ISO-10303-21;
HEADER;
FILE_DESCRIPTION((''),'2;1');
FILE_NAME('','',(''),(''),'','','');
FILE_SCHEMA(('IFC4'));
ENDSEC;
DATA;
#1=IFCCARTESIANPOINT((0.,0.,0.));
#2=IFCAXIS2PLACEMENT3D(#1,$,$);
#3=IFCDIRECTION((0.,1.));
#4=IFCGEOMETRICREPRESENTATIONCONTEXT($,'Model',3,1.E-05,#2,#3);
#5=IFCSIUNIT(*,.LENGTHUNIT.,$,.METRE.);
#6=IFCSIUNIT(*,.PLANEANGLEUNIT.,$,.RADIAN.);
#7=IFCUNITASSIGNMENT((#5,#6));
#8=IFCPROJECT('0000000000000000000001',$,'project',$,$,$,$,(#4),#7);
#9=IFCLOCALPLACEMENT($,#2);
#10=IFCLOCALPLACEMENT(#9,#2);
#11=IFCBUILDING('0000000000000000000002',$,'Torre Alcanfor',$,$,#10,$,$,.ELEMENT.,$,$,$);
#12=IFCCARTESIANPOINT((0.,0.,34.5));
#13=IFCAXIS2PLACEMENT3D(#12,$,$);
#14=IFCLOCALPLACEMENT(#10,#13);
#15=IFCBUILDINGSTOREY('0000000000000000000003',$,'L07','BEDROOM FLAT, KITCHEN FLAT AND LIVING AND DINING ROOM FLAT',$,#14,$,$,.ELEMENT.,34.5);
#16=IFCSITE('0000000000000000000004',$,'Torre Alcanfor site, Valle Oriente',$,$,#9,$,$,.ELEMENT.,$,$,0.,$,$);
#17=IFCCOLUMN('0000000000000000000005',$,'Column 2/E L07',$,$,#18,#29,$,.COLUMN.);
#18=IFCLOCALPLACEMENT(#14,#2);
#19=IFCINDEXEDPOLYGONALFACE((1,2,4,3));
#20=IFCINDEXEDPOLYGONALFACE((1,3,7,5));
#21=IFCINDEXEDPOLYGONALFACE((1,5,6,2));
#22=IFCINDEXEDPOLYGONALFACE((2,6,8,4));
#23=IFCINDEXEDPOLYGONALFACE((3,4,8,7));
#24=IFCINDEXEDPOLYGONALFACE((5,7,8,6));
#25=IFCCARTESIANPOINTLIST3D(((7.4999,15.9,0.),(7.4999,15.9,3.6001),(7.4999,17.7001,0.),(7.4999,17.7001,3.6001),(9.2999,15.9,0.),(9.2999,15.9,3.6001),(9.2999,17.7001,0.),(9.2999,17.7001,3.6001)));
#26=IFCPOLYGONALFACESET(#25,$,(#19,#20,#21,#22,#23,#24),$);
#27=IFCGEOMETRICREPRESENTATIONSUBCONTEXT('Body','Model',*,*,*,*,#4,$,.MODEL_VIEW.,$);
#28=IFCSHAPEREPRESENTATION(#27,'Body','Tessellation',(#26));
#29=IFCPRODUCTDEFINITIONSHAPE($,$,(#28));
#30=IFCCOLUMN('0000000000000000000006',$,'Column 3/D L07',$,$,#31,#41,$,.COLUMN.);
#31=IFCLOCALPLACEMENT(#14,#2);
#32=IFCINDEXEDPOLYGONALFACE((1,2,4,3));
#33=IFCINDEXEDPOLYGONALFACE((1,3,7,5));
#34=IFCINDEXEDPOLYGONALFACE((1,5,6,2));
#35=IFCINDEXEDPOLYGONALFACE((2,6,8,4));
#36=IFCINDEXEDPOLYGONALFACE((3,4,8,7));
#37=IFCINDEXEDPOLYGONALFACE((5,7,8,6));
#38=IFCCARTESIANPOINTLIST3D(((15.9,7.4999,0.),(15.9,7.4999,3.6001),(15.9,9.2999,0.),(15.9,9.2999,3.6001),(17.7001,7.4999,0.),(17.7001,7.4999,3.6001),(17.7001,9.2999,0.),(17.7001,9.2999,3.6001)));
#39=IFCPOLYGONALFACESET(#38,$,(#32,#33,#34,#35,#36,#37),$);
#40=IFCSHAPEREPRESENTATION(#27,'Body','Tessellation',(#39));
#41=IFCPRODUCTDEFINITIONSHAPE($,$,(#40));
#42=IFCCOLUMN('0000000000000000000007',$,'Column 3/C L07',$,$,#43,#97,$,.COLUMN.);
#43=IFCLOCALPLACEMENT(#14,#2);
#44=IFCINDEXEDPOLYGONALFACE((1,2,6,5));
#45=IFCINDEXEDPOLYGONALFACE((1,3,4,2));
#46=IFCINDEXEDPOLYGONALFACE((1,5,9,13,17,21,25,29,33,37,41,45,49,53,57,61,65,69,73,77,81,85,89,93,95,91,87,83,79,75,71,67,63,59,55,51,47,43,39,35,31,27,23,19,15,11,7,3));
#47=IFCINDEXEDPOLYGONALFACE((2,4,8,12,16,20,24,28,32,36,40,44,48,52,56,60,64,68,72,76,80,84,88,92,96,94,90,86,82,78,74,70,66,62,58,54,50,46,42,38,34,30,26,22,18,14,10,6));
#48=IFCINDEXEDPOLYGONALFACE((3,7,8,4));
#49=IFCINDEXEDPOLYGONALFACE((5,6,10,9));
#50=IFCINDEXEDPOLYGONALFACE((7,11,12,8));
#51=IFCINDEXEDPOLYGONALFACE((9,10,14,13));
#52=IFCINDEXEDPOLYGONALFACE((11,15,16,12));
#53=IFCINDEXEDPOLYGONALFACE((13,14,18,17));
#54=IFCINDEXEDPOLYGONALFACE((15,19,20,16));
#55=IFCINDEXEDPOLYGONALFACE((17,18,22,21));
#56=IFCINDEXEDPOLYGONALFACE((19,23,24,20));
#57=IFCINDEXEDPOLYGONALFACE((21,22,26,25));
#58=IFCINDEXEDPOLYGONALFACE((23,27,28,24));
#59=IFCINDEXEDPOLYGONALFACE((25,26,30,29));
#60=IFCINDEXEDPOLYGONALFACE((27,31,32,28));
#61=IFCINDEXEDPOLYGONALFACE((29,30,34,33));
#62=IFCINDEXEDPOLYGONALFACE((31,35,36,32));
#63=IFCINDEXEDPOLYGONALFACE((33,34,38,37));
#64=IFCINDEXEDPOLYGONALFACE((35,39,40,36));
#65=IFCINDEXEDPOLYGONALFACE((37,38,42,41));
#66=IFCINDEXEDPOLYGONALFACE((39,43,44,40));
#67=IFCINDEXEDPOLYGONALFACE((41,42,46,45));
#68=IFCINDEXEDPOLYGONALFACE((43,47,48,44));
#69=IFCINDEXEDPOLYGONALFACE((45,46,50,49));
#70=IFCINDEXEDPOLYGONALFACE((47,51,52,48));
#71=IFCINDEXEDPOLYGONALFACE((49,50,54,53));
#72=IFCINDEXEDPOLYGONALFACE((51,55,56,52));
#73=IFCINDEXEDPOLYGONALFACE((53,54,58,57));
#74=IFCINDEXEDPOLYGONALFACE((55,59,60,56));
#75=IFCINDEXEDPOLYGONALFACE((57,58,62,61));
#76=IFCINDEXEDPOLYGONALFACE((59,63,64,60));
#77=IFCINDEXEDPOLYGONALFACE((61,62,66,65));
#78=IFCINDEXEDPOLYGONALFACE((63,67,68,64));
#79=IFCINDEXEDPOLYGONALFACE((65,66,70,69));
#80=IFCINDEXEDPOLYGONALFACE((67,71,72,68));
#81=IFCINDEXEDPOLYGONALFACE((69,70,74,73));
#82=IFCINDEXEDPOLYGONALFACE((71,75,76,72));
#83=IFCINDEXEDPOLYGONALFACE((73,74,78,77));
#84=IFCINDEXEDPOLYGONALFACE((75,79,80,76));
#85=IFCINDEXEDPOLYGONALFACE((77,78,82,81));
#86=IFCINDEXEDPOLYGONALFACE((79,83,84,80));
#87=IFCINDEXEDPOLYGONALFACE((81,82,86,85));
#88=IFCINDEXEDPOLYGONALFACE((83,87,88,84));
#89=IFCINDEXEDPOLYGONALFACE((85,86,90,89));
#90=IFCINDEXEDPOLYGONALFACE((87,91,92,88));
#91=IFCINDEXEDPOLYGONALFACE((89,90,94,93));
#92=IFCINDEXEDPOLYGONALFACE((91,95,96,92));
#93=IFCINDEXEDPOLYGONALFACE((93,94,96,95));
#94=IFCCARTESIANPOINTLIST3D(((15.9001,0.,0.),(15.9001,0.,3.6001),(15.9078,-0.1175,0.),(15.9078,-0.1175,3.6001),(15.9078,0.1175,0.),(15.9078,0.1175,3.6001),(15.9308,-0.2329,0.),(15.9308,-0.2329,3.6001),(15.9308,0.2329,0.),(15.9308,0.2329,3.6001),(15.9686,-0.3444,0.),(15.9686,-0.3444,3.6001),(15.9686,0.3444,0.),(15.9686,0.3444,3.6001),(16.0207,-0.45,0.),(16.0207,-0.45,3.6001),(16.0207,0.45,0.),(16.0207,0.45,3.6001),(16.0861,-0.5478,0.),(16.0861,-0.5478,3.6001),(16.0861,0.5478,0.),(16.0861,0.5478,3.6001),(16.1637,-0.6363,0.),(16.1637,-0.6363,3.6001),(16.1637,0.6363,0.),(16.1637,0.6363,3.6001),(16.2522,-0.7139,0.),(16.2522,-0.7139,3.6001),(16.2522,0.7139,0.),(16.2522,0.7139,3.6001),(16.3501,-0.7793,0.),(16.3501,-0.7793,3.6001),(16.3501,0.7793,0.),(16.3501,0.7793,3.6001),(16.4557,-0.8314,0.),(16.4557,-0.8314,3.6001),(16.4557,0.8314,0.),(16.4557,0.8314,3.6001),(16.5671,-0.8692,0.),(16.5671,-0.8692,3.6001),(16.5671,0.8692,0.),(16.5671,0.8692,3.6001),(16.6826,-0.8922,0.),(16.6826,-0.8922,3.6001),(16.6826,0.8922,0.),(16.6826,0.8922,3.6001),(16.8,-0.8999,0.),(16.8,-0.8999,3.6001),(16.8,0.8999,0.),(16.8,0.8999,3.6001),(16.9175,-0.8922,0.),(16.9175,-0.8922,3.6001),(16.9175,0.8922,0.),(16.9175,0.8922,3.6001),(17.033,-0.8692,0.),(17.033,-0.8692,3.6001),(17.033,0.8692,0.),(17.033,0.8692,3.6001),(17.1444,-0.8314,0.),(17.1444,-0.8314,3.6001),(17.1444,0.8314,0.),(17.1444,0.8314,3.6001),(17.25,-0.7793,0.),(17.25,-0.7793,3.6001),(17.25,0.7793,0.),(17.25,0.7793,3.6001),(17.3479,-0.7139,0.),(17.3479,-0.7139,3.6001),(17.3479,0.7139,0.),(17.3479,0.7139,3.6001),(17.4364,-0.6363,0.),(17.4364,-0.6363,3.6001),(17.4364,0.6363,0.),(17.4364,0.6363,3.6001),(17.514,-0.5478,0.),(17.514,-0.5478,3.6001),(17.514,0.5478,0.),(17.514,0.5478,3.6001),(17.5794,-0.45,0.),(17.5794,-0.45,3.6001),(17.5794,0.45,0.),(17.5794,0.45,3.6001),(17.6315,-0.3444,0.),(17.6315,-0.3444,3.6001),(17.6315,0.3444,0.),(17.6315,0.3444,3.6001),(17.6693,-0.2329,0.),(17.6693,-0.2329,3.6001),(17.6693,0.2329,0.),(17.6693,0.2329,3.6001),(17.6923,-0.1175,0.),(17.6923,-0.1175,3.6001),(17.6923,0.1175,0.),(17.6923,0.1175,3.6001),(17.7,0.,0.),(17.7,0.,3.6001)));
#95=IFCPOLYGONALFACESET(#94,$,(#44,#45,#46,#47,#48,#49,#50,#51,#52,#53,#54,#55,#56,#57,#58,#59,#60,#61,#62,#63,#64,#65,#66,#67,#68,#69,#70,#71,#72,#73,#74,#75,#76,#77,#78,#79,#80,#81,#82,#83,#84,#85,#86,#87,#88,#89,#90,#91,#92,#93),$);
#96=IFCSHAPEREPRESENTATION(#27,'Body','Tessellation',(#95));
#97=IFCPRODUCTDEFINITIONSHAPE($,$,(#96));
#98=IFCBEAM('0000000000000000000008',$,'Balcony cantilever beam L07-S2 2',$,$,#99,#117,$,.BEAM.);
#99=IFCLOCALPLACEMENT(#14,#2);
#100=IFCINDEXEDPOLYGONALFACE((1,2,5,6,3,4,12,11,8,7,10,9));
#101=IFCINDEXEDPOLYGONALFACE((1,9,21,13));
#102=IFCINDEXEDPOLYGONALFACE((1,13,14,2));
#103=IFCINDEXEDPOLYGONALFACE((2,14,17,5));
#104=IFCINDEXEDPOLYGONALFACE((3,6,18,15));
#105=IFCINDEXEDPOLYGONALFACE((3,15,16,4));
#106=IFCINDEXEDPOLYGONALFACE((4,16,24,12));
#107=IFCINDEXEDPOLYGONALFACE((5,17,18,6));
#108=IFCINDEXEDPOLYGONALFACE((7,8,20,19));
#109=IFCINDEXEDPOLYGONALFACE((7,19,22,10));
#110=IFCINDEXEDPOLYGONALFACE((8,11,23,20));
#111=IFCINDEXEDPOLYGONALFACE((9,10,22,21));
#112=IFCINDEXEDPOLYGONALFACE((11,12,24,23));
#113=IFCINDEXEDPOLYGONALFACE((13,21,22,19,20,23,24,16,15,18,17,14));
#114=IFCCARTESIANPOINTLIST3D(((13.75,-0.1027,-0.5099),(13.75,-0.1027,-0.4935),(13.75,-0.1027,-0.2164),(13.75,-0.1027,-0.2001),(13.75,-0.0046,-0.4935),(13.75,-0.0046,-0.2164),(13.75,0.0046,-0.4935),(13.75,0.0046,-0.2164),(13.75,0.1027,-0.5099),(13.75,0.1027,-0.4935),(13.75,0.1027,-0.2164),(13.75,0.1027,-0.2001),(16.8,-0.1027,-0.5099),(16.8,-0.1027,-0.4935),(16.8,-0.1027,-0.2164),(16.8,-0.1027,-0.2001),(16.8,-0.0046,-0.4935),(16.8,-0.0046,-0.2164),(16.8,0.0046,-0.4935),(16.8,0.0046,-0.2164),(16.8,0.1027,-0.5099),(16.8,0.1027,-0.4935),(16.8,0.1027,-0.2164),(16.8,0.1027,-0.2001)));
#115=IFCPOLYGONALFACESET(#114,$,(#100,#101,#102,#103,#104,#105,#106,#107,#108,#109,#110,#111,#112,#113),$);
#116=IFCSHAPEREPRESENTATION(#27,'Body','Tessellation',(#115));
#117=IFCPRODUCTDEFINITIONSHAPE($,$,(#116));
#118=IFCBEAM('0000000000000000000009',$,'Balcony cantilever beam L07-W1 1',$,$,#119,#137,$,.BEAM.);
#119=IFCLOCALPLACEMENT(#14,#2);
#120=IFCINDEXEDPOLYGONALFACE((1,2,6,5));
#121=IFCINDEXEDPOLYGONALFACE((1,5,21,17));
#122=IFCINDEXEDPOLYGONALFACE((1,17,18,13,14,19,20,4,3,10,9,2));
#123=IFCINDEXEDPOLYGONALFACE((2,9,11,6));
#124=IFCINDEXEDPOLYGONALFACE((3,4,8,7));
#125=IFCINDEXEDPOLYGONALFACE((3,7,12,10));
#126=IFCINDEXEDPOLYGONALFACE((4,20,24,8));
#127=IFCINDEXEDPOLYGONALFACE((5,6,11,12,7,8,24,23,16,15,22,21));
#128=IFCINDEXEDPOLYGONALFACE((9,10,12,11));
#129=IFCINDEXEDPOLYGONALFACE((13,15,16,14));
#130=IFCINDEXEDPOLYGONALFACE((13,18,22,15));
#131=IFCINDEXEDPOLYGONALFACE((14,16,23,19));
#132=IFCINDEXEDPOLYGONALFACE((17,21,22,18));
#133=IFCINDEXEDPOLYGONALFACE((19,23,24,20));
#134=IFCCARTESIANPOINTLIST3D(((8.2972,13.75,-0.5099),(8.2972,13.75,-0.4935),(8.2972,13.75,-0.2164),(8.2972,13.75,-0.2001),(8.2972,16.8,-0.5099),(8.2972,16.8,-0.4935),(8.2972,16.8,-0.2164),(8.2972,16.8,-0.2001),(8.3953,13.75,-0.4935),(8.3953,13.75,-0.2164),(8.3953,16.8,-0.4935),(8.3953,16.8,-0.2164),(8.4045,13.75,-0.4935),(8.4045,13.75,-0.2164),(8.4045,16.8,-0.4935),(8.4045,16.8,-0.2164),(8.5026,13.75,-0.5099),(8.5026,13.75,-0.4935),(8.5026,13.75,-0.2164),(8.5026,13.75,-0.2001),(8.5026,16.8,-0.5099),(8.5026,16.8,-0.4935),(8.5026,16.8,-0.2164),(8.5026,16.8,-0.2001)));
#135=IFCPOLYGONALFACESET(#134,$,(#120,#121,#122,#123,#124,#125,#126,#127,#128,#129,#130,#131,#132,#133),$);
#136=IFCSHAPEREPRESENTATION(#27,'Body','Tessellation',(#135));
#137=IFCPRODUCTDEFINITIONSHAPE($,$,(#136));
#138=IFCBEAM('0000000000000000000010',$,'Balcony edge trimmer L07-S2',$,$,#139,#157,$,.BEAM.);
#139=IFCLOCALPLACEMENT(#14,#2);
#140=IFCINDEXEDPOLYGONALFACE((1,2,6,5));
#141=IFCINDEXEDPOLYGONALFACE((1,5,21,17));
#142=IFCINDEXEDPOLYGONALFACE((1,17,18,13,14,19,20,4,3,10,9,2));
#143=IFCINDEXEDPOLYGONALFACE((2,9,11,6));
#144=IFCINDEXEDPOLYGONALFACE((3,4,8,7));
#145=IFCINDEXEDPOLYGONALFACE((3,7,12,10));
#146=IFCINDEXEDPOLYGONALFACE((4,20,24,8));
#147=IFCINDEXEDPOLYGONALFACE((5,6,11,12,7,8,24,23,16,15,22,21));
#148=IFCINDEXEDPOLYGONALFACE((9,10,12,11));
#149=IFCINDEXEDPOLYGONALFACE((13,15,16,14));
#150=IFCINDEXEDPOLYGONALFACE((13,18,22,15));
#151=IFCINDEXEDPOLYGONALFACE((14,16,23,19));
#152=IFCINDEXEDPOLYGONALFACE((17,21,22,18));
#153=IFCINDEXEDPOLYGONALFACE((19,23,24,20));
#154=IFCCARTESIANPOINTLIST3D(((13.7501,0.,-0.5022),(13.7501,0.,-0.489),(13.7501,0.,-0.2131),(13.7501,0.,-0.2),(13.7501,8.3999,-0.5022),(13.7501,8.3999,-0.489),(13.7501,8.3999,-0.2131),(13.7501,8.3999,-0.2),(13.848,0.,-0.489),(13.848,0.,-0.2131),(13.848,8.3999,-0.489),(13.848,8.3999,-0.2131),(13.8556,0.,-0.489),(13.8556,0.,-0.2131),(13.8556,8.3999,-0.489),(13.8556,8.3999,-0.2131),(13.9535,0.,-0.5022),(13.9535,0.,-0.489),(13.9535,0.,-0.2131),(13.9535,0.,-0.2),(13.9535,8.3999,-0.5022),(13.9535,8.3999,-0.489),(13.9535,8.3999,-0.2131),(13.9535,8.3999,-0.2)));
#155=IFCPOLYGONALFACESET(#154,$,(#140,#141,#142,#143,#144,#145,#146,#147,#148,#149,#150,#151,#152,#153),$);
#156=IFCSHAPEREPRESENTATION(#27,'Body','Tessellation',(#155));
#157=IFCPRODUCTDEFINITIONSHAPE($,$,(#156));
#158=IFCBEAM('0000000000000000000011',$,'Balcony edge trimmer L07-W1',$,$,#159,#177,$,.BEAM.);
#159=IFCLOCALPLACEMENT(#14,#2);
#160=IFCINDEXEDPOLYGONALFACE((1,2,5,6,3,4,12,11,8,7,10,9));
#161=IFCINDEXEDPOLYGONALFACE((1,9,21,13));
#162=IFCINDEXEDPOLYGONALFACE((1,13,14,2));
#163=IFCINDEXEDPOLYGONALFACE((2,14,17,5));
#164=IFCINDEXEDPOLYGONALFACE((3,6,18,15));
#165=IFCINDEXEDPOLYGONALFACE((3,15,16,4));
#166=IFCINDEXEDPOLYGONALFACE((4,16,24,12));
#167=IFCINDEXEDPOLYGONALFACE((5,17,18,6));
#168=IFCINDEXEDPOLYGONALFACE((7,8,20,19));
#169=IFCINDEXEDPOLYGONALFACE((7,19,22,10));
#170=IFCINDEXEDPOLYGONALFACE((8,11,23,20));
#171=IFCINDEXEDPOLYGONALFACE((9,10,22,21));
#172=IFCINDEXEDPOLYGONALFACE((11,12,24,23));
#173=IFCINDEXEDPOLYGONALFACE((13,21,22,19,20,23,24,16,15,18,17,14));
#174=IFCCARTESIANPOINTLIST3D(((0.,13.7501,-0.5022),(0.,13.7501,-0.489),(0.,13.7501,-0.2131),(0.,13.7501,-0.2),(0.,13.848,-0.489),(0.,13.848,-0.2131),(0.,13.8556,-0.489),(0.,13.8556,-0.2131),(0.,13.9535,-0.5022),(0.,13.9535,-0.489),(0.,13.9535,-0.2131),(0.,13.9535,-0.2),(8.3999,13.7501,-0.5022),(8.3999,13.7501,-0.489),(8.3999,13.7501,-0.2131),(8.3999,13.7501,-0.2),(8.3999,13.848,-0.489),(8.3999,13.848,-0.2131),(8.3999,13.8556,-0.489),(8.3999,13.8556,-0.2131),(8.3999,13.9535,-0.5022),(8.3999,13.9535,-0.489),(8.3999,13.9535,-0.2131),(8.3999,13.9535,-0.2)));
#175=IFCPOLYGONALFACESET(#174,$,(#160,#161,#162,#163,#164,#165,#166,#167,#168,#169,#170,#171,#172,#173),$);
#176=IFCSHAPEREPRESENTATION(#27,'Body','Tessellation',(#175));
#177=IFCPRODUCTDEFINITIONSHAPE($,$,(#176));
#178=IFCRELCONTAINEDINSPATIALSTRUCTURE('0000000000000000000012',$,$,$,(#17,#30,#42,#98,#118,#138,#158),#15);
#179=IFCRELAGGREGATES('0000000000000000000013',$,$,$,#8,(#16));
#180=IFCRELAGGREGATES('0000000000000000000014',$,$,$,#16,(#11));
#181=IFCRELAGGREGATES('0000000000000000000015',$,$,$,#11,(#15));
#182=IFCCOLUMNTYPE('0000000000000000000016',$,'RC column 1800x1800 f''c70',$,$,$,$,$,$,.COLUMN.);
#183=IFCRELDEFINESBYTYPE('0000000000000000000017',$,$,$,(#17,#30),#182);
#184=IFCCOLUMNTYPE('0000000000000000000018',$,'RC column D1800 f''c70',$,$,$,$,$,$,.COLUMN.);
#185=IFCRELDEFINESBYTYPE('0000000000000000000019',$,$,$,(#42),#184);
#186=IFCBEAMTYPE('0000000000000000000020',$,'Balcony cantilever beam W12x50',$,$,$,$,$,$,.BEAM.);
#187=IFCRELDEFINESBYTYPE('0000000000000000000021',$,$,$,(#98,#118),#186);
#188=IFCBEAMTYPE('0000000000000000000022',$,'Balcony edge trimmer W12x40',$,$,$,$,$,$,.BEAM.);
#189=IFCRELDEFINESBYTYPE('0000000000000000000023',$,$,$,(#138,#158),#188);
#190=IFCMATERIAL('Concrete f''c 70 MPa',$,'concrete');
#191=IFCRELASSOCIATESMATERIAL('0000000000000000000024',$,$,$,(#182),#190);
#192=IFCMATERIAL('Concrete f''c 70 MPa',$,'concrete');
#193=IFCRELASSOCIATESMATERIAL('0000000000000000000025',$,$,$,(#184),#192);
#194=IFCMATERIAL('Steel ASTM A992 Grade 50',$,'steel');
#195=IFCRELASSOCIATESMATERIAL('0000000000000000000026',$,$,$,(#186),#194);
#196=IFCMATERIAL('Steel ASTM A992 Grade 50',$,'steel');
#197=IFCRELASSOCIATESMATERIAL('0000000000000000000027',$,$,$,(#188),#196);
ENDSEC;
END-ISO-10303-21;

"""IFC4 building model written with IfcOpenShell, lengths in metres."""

from ifc_helpers import new_model, si_unit, direction, frame, origin, origin_2d, place, context, subcontext, project, spatial, rectangle, circle, i_section, extrude, material, material_profile, profile_set, type_object, element, save


model = new_model("IFC4")

# Units and contexts
model_context = context("Model", 3, precision=1e-05, world=origin(), true_north=direction((0.0, 1.0)))
body_context = subcontext(model_context, "Body", "Model", "MODEL_VIEW")
ifc_project = project(units=[si_unit("LENGTHUNIT", "METRE"), si_unit("PLANEANGLEUNIT", "RADIAN")], contexts=[model_context])

# Site, building, storey
site_placement = place(None, origin())
site = spatial("IfcSite", under=ifc_project, at=site_placement, Name="Torre Alcanfor site, Valle Oriente", CompositionType="ELEMENT", RefElevation=0.0)
building_placement = place(site_placement, origin())
building = spatial("IfcBuilding", under=site, at=building_placement, Name="Torre Alcanfor", CompositionType="ELEMENT")
storey_placement = place(building_placement, frame((0.0, 0.0, 34.5)))
storey = spatial("IfcBuildingStorey", under=building, at=storey_placement, Name="L07", Description="BEDROOM FLAT, KITCHEN FLAT AND LIVING AND DINING ROOM FLAT", CompositionType="ELEMENT", Elevation=34.5)

# Columns
ifc_material_1 = material(Name="Concrete f'c 70 MPa", Category="concrete")
ifc_material_profile_1 = material_profile(ifc_material_1, rectangle(XDim=1.8, YDim=1.8, at=origin_2d()), Name="1800x1800")
ifc_profile_set_1 = profile_set([ifc_material_profile_1], Name="Concrete f'c 70 MPa")
column_type_1 = type_object("IfcColumnType", Name="RC column 1800x1800 f'c70", PredefinedType="COLUMN", material=ifc_profile_set_1)
for number, where, z_axis, x_axis, name in (
    (1, (8.3999, 16.8, 0.0), (0.0, 0.0, 1.0), (1.0, 0.0, 0.0), "Column 2/E L07"),
    (2, (16.8, 8.3999, 0.0), (0.0, 0.0, 1.0), (1.0, 0.0, 0.0), "Column 3/D L07"),
):
    element("IfcColumn", number, at=place(storey_placement, frame(where, z_axis=z_axis, x_axis=x_axis)), inside=storey, type_object=column_type_1, Name=name, PredefinedType="COLUMN", context=body_context, shape_type="SweptSolid", body=[
        extrude(rectangle(XDim=1.8, YDim=1.8, at=origin_2d()), origin(), (0.0, 0.0, 1.0), 3.6001),
    ])
ifc_material_2 = material(Name="Concrete f'c 70 MPa", Category="concrete")
ifc_material_profile_2 = material_profile(ifc_material_2, circle(Radius=0.8999, at=origin_2d()), Name="D1800")
ifc_profile_set_2 = profile_set([ifc_material_profile_2], Name="Concrete f'c 70 MPa")
column_type_2 = type_object("IfcColumnType", Name="RC column D1800 f'c70", PredefinedType="COLUMN", material=ifc_profile_set_2)
column_placement = place(storey_placement, frame((16.8, 0.0, 0.0), z_axis=(0.0, 0.0, 1.0), x_axis=(1.0, 0.0, 0.0)))
element("IfcColumn", 3, at=column_placement, inside=storey, type_object=column_type_2, Name="Column 3/C L07", PredefinedType="COLUMN", context=body_context, shape_type="SweptSolid", body=[
    extrude(circle(Radius=0.8999, at=origin_2d()), origin(), (0.0, 0.0, 1.0), 3.6001),
])

# Beams
ifc_material_3 = material(Name="Steel ASTM A992 Grade 50", Category="steel")
ifc_material_profile_3 = material_profile(ifc_material_3, i_section(OverallWidth=0.2053, OverallDepth=0.3098, WebThickness=0.0093, FlangeThickness=0.0164, at=origin_2d()), Name="W12x50")
ifc_profile_set_3 = profile_set([ifc_material_profile_3], Name="Steel ASTM A992 Grade 50")
beam_type_1 = type_object("IfcBeamType", Name="Balcony cantilever beam W12x50", PredefinedType="BEAM", material=ifc_profile_set_3)
for number, where, z_axis, x_axis, name in (
    (4, (16.8, 0.0, -0.355), (-1.0, 0.0, 0.0), (0.0, -1.0, 0.0), "Balcony cantilever beam L07-S2 2"),
    (5, (8.3999, 16.8, -0.355), (0.0, -1.0, 0.0), (1.0, 0.0, 0.0), "Balcony cantilever beam L07-W1 1"),
):
    element("IfcBeam", number, at=place(storey_placement, frame(where, z_axis=z_axis, x_axis=x_axis)), inside=storey, type_object=beam_type_1, Name=name, PredefinedType="BEAM", context=body_context, shape_type="SweptSolid", body=[
        extrude(i_section(OverallWidth=0.2053, OverallDepth=0.3098, WebThickness=0.0093, FlangeThickness=0.0164, at=origin_2d()), origin(), (0.0, 0.0, 1.0), 3.05),
    ])
ifc_material_4 = material(Name="Steel ASTM A992 Grade 50", Category="steel")
ifc_material_profile_4 = material_profile(ifc_material_4, i_section(OverallWidth=0.2034, OverallDepth=0.3022, WebThickness=0.0076, FlangeThickness=0.0132, at=origin_2d()), Name="W12x40")
ifc_profile_set_4 = profile_set([ifc_material_profile_4], Name="Steel ASTM A992 Grade 50")
beam_type_2 = type_object("IfcBeamType", Name="Balcony edge trimmer W12x40", PredefinedType="BEAM", material=ifc_profile_set_4)
for number, where, z_axis, x_axis, name in (
    (6, (13.8518, 8.3999, -0.3511), (0.0, -1.0, 0.0), (1.0, 0.0, 0.0), "Balcony edge trimmer L07-S2"),
    (7, (8.3999, 13.8518, -0.3511), (-1.0, 0.0, 0.0), (0.0, -1.0, 0.0), "Balcony edge trimmer L07-W1"),
):
    element("IfcBeam", number, at=place(storey_placement, frame(where, z_axis=z_axis, x_axis=x_axis)), inside=storey, type_object=beam_type_2, Name=name, PredefinedType="BEAM", context=body_context, shape_type="SweptSolid", body=[
        extrude(i_section(OverallWidth=0.2034, OverallDepth=0.3022, WebThickness=0.0076, FlangeThickness=0.0132, at=origin_2d()), origin(), (0.0, 0.0, 1.0), 8.3999),
    ])

save(model, "model.ifc")
